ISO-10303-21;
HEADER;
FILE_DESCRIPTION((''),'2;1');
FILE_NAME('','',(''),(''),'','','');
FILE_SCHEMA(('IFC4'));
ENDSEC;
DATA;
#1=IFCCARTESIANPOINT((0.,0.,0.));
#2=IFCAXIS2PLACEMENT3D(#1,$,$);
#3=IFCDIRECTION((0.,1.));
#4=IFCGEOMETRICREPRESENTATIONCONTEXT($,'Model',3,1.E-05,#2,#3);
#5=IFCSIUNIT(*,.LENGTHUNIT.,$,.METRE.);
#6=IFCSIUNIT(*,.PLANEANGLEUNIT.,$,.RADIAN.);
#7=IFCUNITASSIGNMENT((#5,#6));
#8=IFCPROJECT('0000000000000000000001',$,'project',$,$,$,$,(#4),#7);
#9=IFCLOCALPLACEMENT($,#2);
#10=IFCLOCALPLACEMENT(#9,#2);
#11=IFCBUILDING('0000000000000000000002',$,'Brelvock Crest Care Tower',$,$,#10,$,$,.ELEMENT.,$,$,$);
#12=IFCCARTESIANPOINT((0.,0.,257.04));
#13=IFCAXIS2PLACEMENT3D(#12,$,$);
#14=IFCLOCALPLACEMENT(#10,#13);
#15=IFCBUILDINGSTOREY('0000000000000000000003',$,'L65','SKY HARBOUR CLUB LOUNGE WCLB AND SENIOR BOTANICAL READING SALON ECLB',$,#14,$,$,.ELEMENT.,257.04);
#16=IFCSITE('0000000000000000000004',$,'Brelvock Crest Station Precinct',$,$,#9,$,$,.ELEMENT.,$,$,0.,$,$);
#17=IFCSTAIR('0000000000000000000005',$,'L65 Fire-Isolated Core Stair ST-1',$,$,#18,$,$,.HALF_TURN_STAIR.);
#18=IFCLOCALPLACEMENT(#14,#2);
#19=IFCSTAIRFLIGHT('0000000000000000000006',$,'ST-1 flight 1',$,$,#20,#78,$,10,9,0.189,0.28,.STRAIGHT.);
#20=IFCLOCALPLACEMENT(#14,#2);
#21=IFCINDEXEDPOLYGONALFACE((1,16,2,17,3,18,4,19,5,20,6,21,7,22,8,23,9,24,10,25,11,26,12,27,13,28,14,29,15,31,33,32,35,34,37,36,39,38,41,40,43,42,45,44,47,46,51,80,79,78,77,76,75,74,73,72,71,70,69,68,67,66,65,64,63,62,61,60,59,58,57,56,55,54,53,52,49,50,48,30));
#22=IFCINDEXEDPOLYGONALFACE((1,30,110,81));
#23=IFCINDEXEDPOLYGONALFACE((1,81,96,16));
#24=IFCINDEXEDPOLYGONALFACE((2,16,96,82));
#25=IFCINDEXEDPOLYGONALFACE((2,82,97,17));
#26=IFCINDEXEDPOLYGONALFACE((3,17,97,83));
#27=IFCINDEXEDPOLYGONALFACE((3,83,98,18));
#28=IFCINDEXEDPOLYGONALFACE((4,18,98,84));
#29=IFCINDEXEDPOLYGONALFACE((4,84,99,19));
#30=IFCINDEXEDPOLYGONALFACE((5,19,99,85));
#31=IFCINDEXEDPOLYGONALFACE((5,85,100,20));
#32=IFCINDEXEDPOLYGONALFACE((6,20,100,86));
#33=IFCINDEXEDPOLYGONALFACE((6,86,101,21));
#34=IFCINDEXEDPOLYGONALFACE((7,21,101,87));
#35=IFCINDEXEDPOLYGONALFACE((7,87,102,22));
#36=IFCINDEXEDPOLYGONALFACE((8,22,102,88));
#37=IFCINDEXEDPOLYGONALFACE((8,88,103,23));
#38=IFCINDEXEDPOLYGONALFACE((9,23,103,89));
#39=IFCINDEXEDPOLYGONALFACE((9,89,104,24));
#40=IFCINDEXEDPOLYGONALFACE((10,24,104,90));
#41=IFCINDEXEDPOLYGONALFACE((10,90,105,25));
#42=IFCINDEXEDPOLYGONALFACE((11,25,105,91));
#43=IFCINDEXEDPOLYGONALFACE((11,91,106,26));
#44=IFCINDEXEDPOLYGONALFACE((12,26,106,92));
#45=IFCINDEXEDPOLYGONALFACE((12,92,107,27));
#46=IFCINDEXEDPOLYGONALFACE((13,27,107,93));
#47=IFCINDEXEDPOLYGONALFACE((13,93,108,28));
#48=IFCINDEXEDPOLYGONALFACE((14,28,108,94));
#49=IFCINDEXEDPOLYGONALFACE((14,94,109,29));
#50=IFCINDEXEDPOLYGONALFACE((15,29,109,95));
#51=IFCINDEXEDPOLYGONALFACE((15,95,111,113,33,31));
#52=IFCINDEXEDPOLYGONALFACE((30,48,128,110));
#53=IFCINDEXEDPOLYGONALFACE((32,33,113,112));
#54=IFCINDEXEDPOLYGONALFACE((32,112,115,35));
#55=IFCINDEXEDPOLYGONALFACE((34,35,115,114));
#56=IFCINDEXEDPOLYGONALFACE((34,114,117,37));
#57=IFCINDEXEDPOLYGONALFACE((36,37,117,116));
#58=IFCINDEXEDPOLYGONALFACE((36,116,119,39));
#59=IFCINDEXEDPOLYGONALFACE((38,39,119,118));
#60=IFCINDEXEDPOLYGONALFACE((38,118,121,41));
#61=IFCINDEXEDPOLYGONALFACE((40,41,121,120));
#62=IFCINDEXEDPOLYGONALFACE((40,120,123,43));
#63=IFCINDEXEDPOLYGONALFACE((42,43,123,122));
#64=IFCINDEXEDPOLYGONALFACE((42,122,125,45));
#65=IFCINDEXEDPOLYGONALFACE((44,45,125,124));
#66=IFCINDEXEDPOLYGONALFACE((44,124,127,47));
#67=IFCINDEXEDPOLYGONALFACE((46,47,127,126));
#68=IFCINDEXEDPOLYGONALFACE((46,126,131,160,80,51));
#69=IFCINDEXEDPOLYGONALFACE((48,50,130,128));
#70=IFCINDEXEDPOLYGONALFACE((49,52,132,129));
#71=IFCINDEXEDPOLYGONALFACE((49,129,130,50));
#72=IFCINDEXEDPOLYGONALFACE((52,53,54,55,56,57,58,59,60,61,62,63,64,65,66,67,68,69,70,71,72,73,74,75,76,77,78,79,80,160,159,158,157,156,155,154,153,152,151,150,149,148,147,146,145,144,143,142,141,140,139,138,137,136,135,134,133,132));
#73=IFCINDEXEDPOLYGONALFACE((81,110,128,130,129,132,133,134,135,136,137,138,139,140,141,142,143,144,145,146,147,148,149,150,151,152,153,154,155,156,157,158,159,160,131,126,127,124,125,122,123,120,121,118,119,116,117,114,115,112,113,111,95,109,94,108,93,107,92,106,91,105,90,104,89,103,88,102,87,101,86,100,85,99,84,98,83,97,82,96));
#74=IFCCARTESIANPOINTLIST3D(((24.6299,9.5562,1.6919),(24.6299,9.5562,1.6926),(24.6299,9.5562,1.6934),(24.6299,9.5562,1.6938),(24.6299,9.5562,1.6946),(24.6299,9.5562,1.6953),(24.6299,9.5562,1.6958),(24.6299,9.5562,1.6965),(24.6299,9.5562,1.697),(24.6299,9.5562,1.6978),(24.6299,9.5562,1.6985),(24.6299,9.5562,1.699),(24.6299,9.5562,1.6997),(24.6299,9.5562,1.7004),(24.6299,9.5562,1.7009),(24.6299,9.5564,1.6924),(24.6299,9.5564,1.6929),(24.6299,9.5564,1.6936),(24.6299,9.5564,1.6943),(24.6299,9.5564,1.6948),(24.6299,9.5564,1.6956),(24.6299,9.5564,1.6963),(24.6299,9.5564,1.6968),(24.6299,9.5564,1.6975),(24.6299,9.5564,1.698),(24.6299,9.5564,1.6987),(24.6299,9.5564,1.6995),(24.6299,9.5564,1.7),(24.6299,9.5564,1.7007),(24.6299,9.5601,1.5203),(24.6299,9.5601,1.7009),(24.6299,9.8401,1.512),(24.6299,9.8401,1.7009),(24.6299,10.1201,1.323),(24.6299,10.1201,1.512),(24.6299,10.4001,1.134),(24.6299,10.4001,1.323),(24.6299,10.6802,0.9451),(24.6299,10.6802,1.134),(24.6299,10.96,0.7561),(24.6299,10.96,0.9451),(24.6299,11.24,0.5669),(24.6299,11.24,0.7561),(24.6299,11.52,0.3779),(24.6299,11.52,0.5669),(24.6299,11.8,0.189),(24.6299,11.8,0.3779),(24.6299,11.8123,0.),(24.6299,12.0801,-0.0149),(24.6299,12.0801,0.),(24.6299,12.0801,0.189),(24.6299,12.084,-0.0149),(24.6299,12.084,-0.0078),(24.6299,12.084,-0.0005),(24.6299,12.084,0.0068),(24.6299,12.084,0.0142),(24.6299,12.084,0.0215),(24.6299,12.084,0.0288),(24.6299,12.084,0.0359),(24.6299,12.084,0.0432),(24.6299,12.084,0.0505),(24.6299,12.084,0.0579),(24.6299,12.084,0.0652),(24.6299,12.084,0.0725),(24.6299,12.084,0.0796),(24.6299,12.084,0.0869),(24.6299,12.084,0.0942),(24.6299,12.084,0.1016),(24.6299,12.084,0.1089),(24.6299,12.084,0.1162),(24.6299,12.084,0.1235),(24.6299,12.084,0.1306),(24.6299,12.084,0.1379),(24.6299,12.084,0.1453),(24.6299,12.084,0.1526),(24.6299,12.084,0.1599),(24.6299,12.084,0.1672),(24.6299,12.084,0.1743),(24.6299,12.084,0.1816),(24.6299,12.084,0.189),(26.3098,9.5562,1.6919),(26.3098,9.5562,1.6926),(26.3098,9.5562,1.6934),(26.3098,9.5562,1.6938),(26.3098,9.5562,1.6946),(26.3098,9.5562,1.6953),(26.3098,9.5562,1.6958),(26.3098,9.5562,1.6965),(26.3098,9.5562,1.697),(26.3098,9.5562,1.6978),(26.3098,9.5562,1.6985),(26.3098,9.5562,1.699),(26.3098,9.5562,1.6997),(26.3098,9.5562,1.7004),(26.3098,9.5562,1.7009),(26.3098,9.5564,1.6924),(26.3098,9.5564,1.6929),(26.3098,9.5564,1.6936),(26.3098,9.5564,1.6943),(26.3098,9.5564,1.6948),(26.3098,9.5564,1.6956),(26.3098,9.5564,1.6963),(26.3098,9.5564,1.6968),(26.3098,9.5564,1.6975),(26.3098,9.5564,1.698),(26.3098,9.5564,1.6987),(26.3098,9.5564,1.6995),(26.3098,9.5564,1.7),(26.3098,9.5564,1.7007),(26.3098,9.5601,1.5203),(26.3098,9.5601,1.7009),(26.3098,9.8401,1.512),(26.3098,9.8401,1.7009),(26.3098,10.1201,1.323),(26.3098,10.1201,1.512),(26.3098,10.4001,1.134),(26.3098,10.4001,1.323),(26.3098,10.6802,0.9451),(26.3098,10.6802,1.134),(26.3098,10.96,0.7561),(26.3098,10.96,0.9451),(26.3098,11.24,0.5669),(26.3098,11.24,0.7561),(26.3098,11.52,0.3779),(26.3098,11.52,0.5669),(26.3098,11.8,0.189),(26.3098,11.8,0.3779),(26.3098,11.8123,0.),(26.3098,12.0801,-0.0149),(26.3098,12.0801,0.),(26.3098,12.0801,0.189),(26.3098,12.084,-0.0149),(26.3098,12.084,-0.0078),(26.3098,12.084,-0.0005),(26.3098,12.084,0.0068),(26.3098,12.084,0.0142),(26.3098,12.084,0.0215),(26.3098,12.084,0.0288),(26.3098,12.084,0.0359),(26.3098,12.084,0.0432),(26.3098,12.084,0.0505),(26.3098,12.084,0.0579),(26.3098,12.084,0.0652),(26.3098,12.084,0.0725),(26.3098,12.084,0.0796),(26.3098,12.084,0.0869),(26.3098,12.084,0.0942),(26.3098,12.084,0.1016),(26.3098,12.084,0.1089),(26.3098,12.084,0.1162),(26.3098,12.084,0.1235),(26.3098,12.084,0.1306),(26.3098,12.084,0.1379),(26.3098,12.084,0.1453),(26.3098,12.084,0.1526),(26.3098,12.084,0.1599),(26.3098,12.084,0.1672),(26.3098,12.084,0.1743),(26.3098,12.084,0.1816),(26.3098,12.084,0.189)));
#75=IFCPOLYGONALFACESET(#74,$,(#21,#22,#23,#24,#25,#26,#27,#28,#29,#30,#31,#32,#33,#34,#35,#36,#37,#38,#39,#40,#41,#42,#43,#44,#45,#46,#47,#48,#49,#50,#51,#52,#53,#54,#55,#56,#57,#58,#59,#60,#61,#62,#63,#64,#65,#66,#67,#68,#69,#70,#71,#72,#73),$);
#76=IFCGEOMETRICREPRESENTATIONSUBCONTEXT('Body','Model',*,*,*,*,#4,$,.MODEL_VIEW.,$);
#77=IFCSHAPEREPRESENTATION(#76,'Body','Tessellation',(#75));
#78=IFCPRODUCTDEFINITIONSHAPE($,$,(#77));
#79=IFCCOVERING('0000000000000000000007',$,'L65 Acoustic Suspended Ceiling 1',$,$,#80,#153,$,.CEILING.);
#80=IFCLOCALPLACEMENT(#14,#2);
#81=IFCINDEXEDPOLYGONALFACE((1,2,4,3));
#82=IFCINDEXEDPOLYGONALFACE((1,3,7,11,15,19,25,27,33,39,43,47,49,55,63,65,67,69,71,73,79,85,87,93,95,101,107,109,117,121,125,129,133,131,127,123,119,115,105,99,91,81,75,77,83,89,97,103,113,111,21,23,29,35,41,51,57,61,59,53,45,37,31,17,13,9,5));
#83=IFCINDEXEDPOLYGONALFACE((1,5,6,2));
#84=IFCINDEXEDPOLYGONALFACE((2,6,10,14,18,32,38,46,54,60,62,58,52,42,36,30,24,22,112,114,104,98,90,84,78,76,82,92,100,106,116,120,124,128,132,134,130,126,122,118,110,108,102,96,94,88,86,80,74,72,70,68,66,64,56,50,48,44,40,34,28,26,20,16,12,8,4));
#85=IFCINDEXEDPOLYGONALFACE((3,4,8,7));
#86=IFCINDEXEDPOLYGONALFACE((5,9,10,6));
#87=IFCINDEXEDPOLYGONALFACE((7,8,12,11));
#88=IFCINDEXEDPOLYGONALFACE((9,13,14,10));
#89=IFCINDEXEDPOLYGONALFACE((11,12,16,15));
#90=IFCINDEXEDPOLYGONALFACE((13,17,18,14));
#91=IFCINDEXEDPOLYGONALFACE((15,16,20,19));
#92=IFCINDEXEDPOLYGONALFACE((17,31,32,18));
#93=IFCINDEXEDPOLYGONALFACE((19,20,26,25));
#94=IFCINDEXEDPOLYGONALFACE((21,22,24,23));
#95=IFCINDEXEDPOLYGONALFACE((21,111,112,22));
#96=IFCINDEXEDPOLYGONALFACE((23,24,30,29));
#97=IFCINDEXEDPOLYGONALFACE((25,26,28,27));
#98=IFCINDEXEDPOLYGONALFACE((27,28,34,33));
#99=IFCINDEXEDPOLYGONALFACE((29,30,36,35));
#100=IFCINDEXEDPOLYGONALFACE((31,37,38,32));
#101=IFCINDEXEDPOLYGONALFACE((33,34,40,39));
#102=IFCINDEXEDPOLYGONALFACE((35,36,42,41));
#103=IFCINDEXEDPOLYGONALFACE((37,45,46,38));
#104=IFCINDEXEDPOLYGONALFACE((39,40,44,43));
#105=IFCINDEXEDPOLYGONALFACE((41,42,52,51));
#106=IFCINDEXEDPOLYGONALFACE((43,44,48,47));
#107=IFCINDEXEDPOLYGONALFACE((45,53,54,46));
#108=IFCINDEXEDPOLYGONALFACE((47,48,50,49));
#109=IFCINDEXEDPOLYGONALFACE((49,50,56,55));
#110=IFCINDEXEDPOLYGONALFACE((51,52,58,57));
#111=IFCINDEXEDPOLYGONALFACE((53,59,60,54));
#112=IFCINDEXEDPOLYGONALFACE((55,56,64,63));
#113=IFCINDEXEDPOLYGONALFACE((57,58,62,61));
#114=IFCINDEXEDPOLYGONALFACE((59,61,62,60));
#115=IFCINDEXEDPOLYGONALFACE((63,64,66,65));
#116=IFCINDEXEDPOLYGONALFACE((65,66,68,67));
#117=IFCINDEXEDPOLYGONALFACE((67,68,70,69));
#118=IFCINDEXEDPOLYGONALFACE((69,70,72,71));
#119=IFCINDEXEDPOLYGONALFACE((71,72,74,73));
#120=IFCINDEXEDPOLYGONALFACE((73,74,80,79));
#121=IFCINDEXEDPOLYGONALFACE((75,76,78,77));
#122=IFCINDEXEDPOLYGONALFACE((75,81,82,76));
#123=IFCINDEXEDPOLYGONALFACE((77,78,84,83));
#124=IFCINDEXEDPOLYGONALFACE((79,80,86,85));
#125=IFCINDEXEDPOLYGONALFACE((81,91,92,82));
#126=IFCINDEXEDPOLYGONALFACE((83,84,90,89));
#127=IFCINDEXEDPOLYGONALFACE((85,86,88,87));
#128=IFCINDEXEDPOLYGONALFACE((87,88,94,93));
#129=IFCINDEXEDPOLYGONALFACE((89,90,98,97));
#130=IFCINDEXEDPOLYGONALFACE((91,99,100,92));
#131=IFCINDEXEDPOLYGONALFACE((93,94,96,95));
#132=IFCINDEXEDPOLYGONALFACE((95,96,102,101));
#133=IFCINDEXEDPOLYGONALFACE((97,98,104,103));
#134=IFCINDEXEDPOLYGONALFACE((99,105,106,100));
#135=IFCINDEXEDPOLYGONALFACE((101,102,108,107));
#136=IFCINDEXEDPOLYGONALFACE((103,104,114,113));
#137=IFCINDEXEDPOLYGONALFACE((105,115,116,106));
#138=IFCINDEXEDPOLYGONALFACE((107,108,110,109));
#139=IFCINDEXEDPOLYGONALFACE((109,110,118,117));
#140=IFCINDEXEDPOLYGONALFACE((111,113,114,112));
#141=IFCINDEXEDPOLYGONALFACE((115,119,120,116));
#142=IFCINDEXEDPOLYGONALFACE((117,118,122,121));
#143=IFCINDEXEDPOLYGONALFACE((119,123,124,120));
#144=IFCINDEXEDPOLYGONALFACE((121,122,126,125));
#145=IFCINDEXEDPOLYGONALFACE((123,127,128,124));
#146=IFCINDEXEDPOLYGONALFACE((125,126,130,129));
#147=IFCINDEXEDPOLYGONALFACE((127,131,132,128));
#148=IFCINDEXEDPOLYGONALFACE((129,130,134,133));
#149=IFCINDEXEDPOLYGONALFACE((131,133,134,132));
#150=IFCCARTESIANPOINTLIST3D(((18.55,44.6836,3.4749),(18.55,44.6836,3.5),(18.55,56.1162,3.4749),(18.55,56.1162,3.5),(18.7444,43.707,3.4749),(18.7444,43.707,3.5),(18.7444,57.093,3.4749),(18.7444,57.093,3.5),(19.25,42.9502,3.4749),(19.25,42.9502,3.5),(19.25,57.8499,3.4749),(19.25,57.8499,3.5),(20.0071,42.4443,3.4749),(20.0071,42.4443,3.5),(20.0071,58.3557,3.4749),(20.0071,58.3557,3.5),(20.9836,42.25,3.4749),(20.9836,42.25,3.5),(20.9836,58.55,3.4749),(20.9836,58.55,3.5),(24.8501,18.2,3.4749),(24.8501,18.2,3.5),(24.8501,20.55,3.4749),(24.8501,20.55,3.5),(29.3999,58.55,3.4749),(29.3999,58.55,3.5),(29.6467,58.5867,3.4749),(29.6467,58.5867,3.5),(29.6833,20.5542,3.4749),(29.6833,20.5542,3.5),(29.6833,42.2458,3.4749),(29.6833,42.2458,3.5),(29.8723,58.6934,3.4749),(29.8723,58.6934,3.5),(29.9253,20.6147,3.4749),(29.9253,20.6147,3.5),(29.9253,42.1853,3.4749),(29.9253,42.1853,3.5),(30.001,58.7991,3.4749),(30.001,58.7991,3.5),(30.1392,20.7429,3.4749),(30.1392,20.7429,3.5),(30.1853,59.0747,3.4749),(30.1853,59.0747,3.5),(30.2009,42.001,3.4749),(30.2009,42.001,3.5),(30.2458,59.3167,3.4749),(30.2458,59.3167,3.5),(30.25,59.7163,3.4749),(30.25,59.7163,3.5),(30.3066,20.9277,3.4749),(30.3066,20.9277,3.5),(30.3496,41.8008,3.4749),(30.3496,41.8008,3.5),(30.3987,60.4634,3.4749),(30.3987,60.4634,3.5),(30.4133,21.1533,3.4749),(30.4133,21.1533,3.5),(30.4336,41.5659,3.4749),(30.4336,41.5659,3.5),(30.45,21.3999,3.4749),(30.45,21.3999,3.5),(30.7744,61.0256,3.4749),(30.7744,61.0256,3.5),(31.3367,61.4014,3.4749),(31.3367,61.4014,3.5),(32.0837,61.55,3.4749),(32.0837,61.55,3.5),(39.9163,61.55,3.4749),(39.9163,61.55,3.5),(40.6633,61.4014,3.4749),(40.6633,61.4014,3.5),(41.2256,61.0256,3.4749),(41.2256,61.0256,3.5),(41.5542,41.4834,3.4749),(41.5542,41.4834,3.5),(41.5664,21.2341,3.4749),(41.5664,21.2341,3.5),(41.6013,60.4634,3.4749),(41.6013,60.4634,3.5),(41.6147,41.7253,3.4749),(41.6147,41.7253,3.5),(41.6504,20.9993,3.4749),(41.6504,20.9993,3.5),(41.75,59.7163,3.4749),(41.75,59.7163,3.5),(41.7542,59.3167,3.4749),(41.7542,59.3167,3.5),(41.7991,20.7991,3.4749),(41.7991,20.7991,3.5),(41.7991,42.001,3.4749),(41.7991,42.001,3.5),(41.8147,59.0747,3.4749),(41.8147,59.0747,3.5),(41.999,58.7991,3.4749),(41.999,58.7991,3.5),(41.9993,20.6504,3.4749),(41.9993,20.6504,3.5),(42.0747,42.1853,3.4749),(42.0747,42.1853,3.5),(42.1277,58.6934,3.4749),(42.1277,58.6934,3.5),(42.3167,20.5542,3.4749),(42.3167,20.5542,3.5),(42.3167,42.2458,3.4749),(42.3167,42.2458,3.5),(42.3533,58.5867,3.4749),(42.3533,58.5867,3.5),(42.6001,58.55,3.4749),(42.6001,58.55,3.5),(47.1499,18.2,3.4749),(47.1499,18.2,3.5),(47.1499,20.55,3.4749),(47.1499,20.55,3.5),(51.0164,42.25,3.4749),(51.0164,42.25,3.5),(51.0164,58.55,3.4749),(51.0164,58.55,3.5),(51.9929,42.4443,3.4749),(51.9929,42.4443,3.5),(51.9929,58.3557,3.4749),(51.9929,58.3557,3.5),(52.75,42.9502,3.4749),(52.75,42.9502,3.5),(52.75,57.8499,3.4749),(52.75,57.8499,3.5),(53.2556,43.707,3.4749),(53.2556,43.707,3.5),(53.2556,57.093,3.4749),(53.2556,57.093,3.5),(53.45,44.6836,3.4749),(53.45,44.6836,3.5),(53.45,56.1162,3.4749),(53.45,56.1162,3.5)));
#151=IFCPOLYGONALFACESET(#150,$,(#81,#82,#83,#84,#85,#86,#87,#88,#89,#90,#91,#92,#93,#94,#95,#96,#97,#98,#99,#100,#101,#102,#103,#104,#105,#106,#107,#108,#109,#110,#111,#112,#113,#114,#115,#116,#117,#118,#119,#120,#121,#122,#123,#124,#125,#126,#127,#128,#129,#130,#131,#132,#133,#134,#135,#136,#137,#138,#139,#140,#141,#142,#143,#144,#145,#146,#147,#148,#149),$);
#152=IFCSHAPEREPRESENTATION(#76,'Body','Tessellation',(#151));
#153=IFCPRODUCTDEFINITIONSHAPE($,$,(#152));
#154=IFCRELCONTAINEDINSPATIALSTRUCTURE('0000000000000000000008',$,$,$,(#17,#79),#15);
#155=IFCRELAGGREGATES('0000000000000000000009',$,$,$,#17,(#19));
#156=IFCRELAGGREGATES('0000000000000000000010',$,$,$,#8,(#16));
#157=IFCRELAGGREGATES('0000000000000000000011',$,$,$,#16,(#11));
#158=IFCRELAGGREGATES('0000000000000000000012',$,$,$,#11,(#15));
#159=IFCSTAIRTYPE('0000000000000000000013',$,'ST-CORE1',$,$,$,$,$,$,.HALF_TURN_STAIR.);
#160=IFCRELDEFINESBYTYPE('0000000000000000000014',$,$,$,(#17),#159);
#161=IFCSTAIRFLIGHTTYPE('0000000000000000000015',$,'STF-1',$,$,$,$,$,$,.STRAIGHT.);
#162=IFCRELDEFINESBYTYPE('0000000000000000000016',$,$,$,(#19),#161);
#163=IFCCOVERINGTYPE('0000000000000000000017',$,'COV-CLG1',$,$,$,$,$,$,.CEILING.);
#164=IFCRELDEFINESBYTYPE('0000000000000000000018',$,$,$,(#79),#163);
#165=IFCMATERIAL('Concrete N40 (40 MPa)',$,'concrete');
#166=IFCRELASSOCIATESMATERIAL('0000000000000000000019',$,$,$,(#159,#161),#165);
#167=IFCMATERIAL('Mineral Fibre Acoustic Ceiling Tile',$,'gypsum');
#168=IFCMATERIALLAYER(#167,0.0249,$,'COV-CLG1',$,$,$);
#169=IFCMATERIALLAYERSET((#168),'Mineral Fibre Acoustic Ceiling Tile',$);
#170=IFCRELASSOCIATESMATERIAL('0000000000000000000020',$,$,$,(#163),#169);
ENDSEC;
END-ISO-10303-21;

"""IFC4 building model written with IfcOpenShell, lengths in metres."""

from ifc_helpers import new_model, si_unit, direction, frame, origin, place, context, subcontext, project, spatial, polyline, outline, extrude, material, layer, layer_set, type_object, element, aggregate, save


model = new_model("IFC4")

# Units and contexts
model_context = context("Model", 3, precision=1e-05, world=origin(), true_north=direction((0.0, 1.0)))
body_context = subcontext(model_context, "Body", "Model", "MODEL_VIEW")
ifc_project = project(units=[si_unit("LENGTHUNIT", "METRE"), si_unit("PLANEANGLEUNIT", "RADIAN")], contexts=[model_context])

# Site, building, storey
site_placement = place(None, origin())
site = spatial("IfcSite", under=ifc_project, at=site_placement, Name="Brelvock Crest Station Precinct", CompositionType="ELEMENT", RefElevation=0.0)
building_placement = place(site_placement, origin())
building = spatial("IfcBuilding", under=site, at=building_placement, Name="Brelvock Crest Care Tower", CompositionType="ELEMENT")
storey_placement = place(building_placement, frame((0.0, 0.0, 257.04)))
storey = spatial("IfcBuildingStorey", under=building, at=storey_placement, Name="L65", Description="SKY HARBOUR CLUB LOUNGE WCLB AND SENIOR BOTANICAL READING SALON ECLB", CompositionType="ELEMENT", Elevation=257.04)

# Stair
ifc_material_1 = material(Name="Concrete N40 (40 MPa)", Category="concrete")
stair_type = type_object("IfcStairType", Name="ST-CORE1", PredefinedType="HALF_TURN_STAIR", material=ifc_material_1)
stair_1_placement = place(storey_placement, origin())
stair_1 = element("IfcStair", 1, at=stair_1_placement, inside=storey, type_object=stair_type, Name="L65 Fire-Isolated Core Stair ST-1", PredefinedType="HALF_TURN_STAIR")

# Stair flight
stair_flight_type = type_object("IfcStairFlightType", Name="STF-1", PredefinedType="STRAIGHT", material=ifc_material_1)
stair_flight_placement = place(storey_placement, frame((25.47, 12.0801, 0.0), z_axis=(0.0, 0.0, 1.0), x_axis=(0.0, -1.0, 0.0)))
stair_flight = element("IfcStairFlight", 2, at=stair_flight_placement, type_object=stair_flight_type, Name="ST-1 flight 1", NumberOfRisers=10, NumberOfTreads=9, PredefinedType="STRAIGHT", RiserHeight=0.189, TreadLength=0.28, context=body_context, shape_type="SweptSolid", body=[
    extrude(outline(polyline([(-0.0039, -0.0149), (-0.0039, -0.0078), (-0.0039, -0.0005), (-0.0039, 0.0068), (-0.0039, 0.0142), (-0.0039, 0.0215), (-0.0039, 0.0288), (-0.0039, 0.0359), (-0.0039, 0.0432), (-0.0039, 0.0505), (-0.0039, 0.0579), (-0.0039, 0.0652), (-0.0039, 0.0725), (-0.0039, 0.0796), (-0.0039, 0.0869), (-0.0039, 0.0942), (-0.0039, 0.1016), (-0.0039, 0.1089), (-0.0039, 0.1162), (-0.0039, 0.1235), (-0.0039, 0.1306), (-0.0039, 0.1379), (-0.0039, 0.1453), (-0.0039, 0.1526), (-0.0039, 0.1599), (-0.0039, 0.1672), (-0.0039, 0.1743), (-0.0039, 0.1816), (-0.0039, 0.189), (0.0, 0.189), (0.28, 0.189), (0.28, 0.3779), (0.5601, 0.3779), (0.5601, 0.5669), (0.8401, 0.5669), (0.8401, 0.7561), (1.1201, 0.7561), (1.1201, 0.9451), (1.3999, 0.9451), (1.3999, 1.134), (1.6799, 1.134), (1.6799, 1.323), (1.96, 1.323), (1.96, 1.512), (2.24, 1.512), (2.24, 1.7009), (2.52, 1.7009), (2.5239, 1.7009), (2.5237, 1.7007), (2.5239, 1.7004), (2.5237, 1.7), (2.5239, 1.6997), (2.5237, 1.6995), (2.5239, 1.699), (2.5237, 1.6987), (2.5239, 1.6985), (2.5237, 1.698), (2.5239, 1.6978), (2.5237, 1.6975), (2.5239, 1.697), (2.5237, 1.6968), (2.5239, 1.6965), (2.5237, 1.6963), (2.5239, 1.6958), (2.5237, 1.6956), (2.5239, 1.6953), (2.5237, 1.6948), (2.5239, 1.6946), (2.5237, 1.6943), (2.5239, 1.6938), (2.5237, 1.6936), (2.5239, 1.6934), (2.5237, 1.6929), (2.5239, 1.6926), (2.5237, 1.6924), (2.5239, 1.6919), (2.52, 1.5203), (0.2678, 0.0), (0.0, 0.0), (0.0, -0.0149), (-0.0039, -0.0149)])), frame((0.0, 0.8398, 0.0), z_axis=(0.0, -1.0, 0.0), x_axis=(1.0, 0.0, 0.0)), (0.0, 0.0, 1.0), 1.6799),
])
aggregate(stair_1, [stair_flight])

# Covering
ifc_material_2 = material(Name="Mineral Fibre Acoustic Ceiling Tile", Category="gypsum")
ifc_layer_1 = layer(ifc_material_2, 0.0249, Name="COV-CLG1")
ifc_layer_set_1 = layer_set([ifc_layer_1], Name="Mineral Fibre Acoustic Ceiling Tile")
covering_type_1 = type_object("IfcCoveringType", Name="COV-CLG1", PredefinedType="CEILING", material=ifc_layer_set_1)
covering_1_placement = place(storey_placement, frame((0.0, 0.0, 3.4749)))
element("IfcCovering", 3, at=covering_1_placement, inside=storey, type_object=covering_type_1, Name="L65 Acoustic Suspended Ceiling 1", PredefinedType="CEILING", context=body_context, shape_type="SweptSolid", body=[
    extrude(outline(polyline([(24.8501, 18.2), (47.1499, 18.2), (47.1499, 20.55), (42.3167, 20.5542), (41.9993, 20.6504), (41.7991, 20.7991), (41.6504, 20.9993), (41.5664, 21.2341), (41.5542, 41.4834), (41.6147, 41.7253), (41.7991, 42.001), (42.0747, 42.1853), (42.3167, 42.2458), (51.0164, 42.25), (51.9929, 42.4443), (52.75, 42.9502), (53.2556, 43.707), (53.45, 44.6836), (53.45, 56.1162), (53.2556, 57.093), (52.75, 57.8499), (51.9929, 58.3557), (51.0164, 58.55), (42.6001, 58.55), (42.3533, 58.5867), (42.1277, 58.6934), (41.999, 58.7991), (41.8147, 59.0747), (41.7542, 59.3167), (41.75, 59.7163), (41.6013, 60.4634), (41.2256, 61.0256), (40.6633, 61.4014), (39.9163, 61.55), (32.0837, 61.55), (31.3367, 61.4014), (30.7744, 61.0256), (30.3987, 60.4634), (30.25, 59.7163), (30.2458, 59.3167), (30.1853, 59.0747), (30.001, 58.7991), (29.8723, 58.6934), (29.6467, 58.5867), (29.3999, 58.55), (20.9836, 58.55), (20.0071, 58.3557), (19.25, 57.8499), (18.7444, 57.093), (18.55, 56.1162), (18.55, 44.6836), (18.7444, 43.707), (19.25, 42.9502), (20.0071, 42.4443), (20.9836, 42.25), (29.6833, 42.2458), (29.9253, 42.1853), (30.2009, 42.001), (30.3496, 41.8008), (30.4336, 41.5659), (30.45, 21.3999), (30.4133, 21.1533), (30.3066, 20.9277), (30.1392, 20.7429), (29.9253, 20.6147), (29.6833, 20.5542), (24.8501, 20.55), (24.8501, 18.2)])), origin(), (0.0, 0.0, 1.0), 0.0251),
])

save(model, "model.ifc")
